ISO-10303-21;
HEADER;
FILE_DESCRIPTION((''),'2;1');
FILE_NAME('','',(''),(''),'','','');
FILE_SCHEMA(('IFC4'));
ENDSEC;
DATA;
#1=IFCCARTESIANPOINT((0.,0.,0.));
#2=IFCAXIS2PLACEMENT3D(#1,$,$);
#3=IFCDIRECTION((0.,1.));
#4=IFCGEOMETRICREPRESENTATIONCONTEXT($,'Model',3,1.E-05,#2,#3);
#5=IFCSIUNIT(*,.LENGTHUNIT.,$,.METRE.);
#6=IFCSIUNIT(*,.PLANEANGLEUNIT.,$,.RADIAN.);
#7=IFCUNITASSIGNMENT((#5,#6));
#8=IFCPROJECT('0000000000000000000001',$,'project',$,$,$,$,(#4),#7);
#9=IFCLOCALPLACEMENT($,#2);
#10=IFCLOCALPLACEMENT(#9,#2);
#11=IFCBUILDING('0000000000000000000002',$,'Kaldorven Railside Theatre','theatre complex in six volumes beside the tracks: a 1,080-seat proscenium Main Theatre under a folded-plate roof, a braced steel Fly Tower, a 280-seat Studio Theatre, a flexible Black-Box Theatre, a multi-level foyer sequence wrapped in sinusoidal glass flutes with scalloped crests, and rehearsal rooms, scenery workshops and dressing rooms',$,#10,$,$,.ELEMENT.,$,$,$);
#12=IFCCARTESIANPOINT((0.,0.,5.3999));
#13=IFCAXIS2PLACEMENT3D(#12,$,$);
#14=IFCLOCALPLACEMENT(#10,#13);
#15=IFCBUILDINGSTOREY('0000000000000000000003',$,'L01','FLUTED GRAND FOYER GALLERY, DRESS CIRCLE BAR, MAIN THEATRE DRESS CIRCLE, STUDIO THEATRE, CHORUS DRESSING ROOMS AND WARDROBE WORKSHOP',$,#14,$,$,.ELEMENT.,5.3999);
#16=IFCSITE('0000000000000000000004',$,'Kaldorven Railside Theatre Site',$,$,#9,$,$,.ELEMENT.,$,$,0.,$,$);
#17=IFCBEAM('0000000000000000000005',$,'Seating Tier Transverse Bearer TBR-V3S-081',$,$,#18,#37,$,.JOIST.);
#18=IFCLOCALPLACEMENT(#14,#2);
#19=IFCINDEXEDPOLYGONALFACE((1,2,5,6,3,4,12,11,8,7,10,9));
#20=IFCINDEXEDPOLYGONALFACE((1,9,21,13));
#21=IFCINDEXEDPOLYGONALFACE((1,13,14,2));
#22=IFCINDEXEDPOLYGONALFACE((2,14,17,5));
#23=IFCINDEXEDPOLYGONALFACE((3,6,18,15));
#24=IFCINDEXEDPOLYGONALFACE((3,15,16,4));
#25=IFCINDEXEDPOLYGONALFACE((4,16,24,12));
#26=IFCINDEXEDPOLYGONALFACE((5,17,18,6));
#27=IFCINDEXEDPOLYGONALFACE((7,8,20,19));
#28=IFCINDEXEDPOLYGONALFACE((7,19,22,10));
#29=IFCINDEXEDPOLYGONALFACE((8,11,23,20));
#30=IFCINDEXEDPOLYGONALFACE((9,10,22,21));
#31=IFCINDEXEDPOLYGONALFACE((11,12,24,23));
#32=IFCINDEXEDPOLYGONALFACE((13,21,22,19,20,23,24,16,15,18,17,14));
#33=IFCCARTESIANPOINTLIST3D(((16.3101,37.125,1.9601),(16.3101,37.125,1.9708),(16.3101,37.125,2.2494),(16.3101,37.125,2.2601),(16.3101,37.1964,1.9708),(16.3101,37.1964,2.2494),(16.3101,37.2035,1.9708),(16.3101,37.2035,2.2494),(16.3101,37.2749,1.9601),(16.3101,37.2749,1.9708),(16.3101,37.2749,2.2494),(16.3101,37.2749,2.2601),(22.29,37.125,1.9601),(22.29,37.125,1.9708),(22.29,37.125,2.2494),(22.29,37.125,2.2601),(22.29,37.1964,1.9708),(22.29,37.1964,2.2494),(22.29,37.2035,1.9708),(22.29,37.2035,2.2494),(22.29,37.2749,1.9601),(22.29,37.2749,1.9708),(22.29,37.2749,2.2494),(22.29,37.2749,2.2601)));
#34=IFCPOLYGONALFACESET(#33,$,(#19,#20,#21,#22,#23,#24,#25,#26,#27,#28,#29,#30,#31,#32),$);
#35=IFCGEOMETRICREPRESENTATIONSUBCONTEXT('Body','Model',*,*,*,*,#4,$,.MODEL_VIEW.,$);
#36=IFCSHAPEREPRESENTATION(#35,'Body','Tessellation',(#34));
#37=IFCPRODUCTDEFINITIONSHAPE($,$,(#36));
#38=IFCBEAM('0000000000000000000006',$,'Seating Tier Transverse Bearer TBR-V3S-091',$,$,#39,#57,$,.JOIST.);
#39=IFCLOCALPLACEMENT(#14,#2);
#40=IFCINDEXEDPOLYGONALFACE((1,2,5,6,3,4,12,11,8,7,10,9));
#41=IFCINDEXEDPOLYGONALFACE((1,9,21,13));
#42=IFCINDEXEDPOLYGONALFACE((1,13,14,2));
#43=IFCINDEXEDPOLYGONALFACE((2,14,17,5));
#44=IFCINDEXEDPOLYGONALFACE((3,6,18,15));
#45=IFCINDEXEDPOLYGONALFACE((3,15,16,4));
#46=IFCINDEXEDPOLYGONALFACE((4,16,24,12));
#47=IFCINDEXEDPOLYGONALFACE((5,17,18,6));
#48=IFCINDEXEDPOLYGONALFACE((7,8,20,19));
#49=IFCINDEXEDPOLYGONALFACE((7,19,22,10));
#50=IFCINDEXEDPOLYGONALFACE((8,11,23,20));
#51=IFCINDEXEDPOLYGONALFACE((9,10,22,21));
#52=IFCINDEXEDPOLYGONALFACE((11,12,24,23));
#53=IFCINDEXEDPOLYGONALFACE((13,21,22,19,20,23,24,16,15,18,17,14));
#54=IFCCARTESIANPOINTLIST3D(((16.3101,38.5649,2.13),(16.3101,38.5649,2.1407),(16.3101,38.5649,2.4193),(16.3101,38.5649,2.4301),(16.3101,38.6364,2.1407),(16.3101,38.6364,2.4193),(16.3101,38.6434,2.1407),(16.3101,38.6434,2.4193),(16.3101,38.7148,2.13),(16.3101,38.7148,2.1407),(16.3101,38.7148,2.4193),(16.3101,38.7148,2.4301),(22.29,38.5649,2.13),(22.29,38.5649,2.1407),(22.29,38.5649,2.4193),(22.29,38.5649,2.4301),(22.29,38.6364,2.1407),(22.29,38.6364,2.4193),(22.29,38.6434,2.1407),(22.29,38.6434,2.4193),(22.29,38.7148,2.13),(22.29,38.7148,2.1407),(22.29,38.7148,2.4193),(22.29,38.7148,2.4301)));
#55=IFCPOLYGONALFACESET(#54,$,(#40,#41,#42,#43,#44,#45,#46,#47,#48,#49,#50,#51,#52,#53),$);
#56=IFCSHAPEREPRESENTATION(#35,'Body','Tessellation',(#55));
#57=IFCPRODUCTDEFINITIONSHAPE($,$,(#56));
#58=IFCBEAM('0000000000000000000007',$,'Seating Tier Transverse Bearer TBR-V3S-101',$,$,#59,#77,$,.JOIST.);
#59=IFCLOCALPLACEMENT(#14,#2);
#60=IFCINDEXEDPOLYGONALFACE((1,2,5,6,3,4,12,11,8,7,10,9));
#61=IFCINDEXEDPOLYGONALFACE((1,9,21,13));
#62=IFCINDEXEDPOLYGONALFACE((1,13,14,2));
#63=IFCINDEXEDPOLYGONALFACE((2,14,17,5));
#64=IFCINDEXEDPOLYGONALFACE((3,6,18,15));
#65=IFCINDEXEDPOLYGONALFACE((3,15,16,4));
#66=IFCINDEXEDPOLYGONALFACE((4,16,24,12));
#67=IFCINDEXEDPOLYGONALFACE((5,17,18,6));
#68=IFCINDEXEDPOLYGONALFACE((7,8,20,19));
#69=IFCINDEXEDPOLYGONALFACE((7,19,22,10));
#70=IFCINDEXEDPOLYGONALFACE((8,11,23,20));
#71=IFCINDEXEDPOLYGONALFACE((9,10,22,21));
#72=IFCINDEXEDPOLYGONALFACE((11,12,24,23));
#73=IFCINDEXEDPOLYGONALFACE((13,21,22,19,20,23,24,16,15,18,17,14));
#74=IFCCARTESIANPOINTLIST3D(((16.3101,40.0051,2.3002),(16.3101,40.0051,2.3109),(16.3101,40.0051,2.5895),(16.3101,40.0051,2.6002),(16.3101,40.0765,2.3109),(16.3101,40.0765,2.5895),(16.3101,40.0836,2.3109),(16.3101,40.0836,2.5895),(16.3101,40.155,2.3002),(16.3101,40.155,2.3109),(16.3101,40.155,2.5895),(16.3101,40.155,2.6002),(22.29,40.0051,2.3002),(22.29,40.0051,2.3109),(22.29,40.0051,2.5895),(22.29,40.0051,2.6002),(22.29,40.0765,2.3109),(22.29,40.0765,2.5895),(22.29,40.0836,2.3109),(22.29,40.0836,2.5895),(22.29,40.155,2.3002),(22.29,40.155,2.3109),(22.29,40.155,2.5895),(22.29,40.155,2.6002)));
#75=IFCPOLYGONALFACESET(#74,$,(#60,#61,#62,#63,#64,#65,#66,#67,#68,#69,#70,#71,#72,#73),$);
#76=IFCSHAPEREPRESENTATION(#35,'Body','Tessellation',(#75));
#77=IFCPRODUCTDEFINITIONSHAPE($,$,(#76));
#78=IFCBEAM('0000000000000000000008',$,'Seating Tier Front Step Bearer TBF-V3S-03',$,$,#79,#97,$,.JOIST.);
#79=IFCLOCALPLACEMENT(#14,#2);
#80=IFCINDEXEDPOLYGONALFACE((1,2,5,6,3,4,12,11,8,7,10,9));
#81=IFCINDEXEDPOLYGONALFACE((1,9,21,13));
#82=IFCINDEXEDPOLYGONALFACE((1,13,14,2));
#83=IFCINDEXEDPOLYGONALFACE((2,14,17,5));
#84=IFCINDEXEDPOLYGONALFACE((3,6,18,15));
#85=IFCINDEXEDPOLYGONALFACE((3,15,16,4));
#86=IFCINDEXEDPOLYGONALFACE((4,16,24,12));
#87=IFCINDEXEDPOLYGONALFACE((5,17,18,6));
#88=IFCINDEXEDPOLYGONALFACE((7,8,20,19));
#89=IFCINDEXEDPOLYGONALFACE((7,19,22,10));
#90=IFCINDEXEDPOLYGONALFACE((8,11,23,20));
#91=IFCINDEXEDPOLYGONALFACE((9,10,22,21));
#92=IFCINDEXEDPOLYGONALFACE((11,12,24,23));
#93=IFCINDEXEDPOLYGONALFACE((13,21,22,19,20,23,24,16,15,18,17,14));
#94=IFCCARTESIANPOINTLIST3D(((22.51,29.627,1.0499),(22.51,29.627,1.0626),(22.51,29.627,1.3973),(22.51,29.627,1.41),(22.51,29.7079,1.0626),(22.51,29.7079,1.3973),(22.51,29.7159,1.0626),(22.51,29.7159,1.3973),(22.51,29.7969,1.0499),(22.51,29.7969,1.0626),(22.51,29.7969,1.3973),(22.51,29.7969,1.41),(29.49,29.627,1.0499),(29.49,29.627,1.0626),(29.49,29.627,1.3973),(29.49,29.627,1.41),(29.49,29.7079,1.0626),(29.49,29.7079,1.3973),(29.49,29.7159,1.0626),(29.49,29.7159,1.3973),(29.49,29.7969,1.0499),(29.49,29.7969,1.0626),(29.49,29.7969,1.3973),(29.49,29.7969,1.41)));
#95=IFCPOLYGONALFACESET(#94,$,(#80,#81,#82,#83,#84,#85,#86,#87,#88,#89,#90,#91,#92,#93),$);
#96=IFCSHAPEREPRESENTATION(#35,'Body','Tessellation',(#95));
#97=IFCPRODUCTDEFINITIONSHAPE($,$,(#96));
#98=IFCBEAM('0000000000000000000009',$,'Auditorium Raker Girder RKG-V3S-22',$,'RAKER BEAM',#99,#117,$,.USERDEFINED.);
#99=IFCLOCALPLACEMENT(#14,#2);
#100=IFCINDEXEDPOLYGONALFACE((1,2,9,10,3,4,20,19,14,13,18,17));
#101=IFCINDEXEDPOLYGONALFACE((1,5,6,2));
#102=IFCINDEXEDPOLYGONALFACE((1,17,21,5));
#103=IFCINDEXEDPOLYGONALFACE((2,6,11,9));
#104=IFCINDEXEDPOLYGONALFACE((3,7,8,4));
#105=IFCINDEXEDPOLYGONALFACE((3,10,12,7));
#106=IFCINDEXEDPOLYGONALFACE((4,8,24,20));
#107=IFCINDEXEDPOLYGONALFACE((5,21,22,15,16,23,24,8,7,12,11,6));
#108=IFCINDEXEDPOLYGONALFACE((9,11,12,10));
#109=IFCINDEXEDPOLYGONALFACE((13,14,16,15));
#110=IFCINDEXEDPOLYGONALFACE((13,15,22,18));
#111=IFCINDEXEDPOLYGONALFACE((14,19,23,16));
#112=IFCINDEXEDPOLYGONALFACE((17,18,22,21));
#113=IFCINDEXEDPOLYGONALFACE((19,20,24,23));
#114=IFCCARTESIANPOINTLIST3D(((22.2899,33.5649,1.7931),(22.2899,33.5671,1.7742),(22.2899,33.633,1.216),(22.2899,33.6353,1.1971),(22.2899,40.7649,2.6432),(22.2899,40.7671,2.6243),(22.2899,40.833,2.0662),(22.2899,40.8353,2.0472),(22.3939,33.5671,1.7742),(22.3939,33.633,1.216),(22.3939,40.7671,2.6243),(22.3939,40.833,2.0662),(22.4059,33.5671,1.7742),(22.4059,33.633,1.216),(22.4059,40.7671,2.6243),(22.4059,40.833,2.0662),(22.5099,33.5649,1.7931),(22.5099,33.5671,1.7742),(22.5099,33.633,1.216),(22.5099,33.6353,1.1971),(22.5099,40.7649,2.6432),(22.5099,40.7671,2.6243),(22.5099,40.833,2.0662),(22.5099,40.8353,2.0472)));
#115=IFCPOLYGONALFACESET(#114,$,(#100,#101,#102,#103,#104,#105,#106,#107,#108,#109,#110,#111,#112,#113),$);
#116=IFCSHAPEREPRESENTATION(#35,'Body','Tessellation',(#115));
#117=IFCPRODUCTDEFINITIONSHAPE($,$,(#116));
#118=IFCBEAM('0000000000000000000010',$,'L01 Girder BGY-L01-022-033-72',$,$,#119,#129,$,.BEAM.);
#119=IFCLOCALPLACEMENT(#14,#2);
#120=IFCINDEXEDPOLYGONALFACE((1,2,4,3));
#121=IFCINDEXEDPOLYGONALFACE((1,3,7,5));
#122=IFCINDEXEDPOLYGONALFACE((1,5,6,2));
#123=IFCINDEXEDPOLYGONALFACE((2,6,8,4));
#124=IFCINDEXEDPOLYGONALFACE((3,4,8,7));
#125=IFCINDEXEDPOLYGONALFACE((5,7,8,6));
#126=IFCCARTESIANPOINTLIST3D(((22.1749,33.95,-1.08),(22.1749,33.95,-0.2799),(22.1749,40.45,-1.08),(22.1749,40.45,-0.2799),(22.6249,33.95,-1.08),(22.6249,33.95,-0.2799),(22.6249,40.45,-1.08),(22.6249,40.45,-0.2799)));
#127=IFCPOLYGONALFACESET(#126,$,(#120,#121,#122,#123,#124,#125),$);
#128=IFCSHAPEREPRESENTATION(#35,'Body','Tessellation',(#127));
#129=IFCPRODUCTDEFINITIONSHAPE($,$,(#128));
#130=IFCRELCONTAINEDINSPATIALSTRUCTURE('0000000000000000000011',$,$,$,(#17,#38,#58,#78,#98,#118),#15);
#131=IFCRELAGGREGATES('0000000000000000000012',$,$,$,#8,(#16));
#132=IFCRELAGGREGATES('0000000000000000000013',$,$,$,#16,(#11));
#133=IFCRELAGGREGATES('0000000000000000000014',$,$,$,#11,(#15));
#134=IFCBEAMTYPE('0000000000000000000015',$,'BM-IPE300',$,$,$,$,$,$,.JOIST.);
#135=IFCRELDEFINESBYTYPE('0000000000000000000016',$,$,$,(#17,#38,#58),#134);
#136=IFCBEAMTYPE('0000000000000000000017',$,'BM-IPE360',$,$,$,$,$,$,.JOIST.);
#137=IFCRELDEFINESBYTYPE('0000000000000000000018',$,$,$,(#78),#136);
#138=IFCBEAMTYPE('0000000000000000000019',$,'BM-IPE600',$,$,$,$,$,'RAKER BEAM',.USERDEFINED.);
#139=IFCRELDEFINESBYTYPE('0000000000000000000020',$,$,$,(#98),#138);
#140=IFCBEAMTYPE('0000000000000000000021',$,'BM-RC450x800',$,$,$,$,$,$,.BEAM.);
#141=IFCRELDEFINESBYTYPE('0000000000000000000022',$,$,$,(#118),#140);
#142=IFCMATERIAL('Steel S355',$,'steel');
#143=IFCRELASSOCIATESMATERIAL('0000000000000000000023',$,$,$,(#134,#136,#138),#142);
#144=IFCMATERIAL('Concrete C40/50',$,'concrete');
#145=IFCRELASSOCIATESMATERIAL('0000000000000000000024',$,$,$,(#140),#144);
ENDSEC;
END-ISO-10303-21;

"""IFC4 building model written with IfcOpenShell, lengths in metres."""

from ifc_helpers import new_model, si_unit, direction, frame, origin, origin_2d, place, context, subcontext, project, spatial, rectangle, i_section, extrude, material, material_profile, profile_set, type_object, element, save


model = new_model("IFC4")

# Units and contexts
model_context = context("Model", 3, precision=1e-05, world=origin(), true_north=direction((0.0, 1.0)))
body_context = subcontext(model_context, "Body", "Model", "MODEL_VIEW")
ifc_project = project(units=[si_unit("LENGTHUNIT", "METRE"), si_unit("PLANEANGLEUNIT", "RADIAN")], contexts=[model_context])

# Site, building, storey
site_placement = place(None, origin())
site = spatial("IfcSite", under=ifc_project, at=site_placement, Name="Kaldorven Railside Theatre Site", CompositionType="ELEMENT", RefElevation=0.0)
building_placement = place(site_placement, origin())
building = spatial("IfcBuilding", under=site, at=building_placement, Name="Kaldorven Railside Theatre", Description="theatre complex in six volumes beside the tracks: a 1,080-seat proscenium Main Theatre under a folded-plate roof, a braced steel Fly Tower, a 280-seat Studio Theatre, a flexible Black-Box Theatre, a multi-level foyer sequence wrapped in sinusoidal glass flutes with scalloped crests, and rehearsal rooms, scenery workshops and dressing rooms", CompositionType="ELEMENT")
storey_placement = place(building_placement, frame((0.0, 0.0, 5.3999)))
storey = spatial("IfcBuildingStorey", under=building, at=storey_placement, Name="L01", Description="FLUTED GRAND FOYER GALLERY, DRESS CIRCLE BAR, MAIN THEATRE DRESS CIRCLE, STUDIO THEATRE, CHORUS DRESSING ROOMS AND WARDROBE WORKSHOP", CompositionType="ELEMENT", Elevation=5.3999)

# Shared definitions
ifc_material_1 = material(Name="Steel S355", Category="steel")

# Beams
ifc_material_profile_1 = material_profile(ifc_material_1, i_section(OverallWidth=0.1499, OverallDepth=0.3, WebThickness=0.0071, FlangeThickness=0.0107, at=origin_2d()), Name="IPE 300")
ifc_profile_set_1 = profile_set([ifc_material_profile_1], Name="Steel S355")
beam_type_1 = type_object("IfcBeamType", Name="BM-IPE300", PredefinedType="JOIST", material=ifc_profile_set_1)
for number, where, z_axis, x_axis, name in (
    (1, (16.3101, 37.2, 2.1101), (1.0, 0.0, 0.0), (0.0, 1.0, 0.0), "Seating Tier Transverse Bearer TBR-V3S-081"),
    (2, (16.3101, 38.6399, 2.28), (1.0, 0.0, 0.0), (0.0, 1.0, 0.0), "Seating Tier Transverse Bearer TBR-V3S-091"),
    (3, (16.3101, 40.0801, 2.4502), (1.0, 0.0, 0.0), (0.0, 1.0, 0.0), "Seating Tier Transverse Bearer TBR-V3S-101"),
):
    element("IfcBeam", number, at=place(storey_placement, frame(where, z_axis=z_axis, x_axis=x_axis)), inside=storey, type_object=beam_type_1, Name=name, PredefinedType="JOIST", context=body_context, shape_type="SweptSolid", body=[
        extrude(i_section(OverallWidth=0.1499, OverallDepth=0.3, WebThickness=0.0071, FlangeThickness=0.0107, at=origin_2d()), origin(), (0.0, 0.0, 1.0), 5.98),
    ])
ifc_material_profile_2 = material_profile(ifc_material_1, i_section(OverallWidth=0.1699, OverallDepth=0.3601, WebThickness=0.0081, FlangeThickness=0.0127, at=origin_2d()), Name="IPE 360")
ifc_profile_set_2 = profile_set([ifc_material_profile_2], Name="Steel S355")
beam_type_2 = type_object("IfcBeamType", Name="BM-IPE360", PredefinedType="JOIST", material=ifc_profile_set_2)
beam_1_placement = place(storey_placement, frame((22.51, 29.7119, 1.23), z_axis=(1.0, 0.0, 0.0), x_axis=(0.0, 1.0, 0.0)))
element("IfcBeam", 4, at=beam_1_placement, inside=storey, type_object=beam_type_2, Name="Seating Tier Front Step Bearer TBF-V3S-03", PredefinedType="JOIST", context=body_context, shape_type="SweptSolid", body=[
    extrude(i_section(OverallWidth=0.1699, OverallDepth=0.3601, WebThickness=0.0081, FlangeThickness=0.0127, at=origin_2d()), origin(), (0.0, 0.0, 1.0), 6.98),
])
ifc_material_profile_3 = material_profile(ifc_material_1, i_section(OverallWidth=0.22, OverallDepth=0.6001, WebThickness=0.012, FlangeThickness=0.019, at=origin_2d()), Name="IPE 600")
ifc_profile_set_3 = profile_set([ifc_material_profile_3], Name="Steel S355")
beam_type_3 = type_object("IfcBeamType", Name="BM-IPE600", ElementType="RAKER BEAM", PredefinedType="USERDEFINED", material=ifc_profile_set_3)
beam_2_placement = place(storey_placement, frame((22.3999, 33.6001, 1.4951), z_axis=(0.0, 0.993102, 0.117255), x_axis=(-1.0, 0.0, 0.0)))
element("IfcBeam", 5, at=beam_2_placement, inside=storey, type_object=beam_type_3, Name="Auditorium Raker Girder RKG-V3S-22", ObjectType="RAKER BEAM", PredefinedType="USERDEFINED", context=body_context, shape_type="SweptSolid", body=[
    extrude(i_section(OverallWidth=0.22, OverallDepth=0.6001, WebThickness=0.012, FlangeThickness=0.019, at=origin_2d()), origin(), (0.0, 0.0, 1.0), 7.25),
])
ifc_material_2 = material(Name="Concrete C40/50", Category="concrete")
ifc_material_profile_4 = material_profile(ifc_material_2, rectangle(XDim=0.45, YDim=0.8, at=origin_2d()), Name="RC 450x800")
ifc_profile_set_4 = profile_set([ifc_material_profile_4], Name="Concrete C40/50")
beam_type_4 = type_object("IfcBeamType", Name="BM-RC450x800", PredefinedType="BEAM", material=ifc_profile_set_4)
beam_3_placement = place(storey_placement, frame((22.3999, 33.95, -0.6799), z_axis=(0.0, 1.0, 0.0), x_axis=(-1.0, 0.0, 0.0)))
element("IfcBeam", 6, at=beam_3_placement, inside=storey, type_object=beam_type_4, Name="L01 Girder BGY-L01-022-033-72", PredefinedType="BEAM", context=body_context, shape_type="SweptSolid", body=[
    extrude(rectangle(XDim=0.45, YDim=0.8, at=origin_2d()), origin(), (0.0, 0.0, 1.0), 6.5),
])

save(model, "model.ifc")
